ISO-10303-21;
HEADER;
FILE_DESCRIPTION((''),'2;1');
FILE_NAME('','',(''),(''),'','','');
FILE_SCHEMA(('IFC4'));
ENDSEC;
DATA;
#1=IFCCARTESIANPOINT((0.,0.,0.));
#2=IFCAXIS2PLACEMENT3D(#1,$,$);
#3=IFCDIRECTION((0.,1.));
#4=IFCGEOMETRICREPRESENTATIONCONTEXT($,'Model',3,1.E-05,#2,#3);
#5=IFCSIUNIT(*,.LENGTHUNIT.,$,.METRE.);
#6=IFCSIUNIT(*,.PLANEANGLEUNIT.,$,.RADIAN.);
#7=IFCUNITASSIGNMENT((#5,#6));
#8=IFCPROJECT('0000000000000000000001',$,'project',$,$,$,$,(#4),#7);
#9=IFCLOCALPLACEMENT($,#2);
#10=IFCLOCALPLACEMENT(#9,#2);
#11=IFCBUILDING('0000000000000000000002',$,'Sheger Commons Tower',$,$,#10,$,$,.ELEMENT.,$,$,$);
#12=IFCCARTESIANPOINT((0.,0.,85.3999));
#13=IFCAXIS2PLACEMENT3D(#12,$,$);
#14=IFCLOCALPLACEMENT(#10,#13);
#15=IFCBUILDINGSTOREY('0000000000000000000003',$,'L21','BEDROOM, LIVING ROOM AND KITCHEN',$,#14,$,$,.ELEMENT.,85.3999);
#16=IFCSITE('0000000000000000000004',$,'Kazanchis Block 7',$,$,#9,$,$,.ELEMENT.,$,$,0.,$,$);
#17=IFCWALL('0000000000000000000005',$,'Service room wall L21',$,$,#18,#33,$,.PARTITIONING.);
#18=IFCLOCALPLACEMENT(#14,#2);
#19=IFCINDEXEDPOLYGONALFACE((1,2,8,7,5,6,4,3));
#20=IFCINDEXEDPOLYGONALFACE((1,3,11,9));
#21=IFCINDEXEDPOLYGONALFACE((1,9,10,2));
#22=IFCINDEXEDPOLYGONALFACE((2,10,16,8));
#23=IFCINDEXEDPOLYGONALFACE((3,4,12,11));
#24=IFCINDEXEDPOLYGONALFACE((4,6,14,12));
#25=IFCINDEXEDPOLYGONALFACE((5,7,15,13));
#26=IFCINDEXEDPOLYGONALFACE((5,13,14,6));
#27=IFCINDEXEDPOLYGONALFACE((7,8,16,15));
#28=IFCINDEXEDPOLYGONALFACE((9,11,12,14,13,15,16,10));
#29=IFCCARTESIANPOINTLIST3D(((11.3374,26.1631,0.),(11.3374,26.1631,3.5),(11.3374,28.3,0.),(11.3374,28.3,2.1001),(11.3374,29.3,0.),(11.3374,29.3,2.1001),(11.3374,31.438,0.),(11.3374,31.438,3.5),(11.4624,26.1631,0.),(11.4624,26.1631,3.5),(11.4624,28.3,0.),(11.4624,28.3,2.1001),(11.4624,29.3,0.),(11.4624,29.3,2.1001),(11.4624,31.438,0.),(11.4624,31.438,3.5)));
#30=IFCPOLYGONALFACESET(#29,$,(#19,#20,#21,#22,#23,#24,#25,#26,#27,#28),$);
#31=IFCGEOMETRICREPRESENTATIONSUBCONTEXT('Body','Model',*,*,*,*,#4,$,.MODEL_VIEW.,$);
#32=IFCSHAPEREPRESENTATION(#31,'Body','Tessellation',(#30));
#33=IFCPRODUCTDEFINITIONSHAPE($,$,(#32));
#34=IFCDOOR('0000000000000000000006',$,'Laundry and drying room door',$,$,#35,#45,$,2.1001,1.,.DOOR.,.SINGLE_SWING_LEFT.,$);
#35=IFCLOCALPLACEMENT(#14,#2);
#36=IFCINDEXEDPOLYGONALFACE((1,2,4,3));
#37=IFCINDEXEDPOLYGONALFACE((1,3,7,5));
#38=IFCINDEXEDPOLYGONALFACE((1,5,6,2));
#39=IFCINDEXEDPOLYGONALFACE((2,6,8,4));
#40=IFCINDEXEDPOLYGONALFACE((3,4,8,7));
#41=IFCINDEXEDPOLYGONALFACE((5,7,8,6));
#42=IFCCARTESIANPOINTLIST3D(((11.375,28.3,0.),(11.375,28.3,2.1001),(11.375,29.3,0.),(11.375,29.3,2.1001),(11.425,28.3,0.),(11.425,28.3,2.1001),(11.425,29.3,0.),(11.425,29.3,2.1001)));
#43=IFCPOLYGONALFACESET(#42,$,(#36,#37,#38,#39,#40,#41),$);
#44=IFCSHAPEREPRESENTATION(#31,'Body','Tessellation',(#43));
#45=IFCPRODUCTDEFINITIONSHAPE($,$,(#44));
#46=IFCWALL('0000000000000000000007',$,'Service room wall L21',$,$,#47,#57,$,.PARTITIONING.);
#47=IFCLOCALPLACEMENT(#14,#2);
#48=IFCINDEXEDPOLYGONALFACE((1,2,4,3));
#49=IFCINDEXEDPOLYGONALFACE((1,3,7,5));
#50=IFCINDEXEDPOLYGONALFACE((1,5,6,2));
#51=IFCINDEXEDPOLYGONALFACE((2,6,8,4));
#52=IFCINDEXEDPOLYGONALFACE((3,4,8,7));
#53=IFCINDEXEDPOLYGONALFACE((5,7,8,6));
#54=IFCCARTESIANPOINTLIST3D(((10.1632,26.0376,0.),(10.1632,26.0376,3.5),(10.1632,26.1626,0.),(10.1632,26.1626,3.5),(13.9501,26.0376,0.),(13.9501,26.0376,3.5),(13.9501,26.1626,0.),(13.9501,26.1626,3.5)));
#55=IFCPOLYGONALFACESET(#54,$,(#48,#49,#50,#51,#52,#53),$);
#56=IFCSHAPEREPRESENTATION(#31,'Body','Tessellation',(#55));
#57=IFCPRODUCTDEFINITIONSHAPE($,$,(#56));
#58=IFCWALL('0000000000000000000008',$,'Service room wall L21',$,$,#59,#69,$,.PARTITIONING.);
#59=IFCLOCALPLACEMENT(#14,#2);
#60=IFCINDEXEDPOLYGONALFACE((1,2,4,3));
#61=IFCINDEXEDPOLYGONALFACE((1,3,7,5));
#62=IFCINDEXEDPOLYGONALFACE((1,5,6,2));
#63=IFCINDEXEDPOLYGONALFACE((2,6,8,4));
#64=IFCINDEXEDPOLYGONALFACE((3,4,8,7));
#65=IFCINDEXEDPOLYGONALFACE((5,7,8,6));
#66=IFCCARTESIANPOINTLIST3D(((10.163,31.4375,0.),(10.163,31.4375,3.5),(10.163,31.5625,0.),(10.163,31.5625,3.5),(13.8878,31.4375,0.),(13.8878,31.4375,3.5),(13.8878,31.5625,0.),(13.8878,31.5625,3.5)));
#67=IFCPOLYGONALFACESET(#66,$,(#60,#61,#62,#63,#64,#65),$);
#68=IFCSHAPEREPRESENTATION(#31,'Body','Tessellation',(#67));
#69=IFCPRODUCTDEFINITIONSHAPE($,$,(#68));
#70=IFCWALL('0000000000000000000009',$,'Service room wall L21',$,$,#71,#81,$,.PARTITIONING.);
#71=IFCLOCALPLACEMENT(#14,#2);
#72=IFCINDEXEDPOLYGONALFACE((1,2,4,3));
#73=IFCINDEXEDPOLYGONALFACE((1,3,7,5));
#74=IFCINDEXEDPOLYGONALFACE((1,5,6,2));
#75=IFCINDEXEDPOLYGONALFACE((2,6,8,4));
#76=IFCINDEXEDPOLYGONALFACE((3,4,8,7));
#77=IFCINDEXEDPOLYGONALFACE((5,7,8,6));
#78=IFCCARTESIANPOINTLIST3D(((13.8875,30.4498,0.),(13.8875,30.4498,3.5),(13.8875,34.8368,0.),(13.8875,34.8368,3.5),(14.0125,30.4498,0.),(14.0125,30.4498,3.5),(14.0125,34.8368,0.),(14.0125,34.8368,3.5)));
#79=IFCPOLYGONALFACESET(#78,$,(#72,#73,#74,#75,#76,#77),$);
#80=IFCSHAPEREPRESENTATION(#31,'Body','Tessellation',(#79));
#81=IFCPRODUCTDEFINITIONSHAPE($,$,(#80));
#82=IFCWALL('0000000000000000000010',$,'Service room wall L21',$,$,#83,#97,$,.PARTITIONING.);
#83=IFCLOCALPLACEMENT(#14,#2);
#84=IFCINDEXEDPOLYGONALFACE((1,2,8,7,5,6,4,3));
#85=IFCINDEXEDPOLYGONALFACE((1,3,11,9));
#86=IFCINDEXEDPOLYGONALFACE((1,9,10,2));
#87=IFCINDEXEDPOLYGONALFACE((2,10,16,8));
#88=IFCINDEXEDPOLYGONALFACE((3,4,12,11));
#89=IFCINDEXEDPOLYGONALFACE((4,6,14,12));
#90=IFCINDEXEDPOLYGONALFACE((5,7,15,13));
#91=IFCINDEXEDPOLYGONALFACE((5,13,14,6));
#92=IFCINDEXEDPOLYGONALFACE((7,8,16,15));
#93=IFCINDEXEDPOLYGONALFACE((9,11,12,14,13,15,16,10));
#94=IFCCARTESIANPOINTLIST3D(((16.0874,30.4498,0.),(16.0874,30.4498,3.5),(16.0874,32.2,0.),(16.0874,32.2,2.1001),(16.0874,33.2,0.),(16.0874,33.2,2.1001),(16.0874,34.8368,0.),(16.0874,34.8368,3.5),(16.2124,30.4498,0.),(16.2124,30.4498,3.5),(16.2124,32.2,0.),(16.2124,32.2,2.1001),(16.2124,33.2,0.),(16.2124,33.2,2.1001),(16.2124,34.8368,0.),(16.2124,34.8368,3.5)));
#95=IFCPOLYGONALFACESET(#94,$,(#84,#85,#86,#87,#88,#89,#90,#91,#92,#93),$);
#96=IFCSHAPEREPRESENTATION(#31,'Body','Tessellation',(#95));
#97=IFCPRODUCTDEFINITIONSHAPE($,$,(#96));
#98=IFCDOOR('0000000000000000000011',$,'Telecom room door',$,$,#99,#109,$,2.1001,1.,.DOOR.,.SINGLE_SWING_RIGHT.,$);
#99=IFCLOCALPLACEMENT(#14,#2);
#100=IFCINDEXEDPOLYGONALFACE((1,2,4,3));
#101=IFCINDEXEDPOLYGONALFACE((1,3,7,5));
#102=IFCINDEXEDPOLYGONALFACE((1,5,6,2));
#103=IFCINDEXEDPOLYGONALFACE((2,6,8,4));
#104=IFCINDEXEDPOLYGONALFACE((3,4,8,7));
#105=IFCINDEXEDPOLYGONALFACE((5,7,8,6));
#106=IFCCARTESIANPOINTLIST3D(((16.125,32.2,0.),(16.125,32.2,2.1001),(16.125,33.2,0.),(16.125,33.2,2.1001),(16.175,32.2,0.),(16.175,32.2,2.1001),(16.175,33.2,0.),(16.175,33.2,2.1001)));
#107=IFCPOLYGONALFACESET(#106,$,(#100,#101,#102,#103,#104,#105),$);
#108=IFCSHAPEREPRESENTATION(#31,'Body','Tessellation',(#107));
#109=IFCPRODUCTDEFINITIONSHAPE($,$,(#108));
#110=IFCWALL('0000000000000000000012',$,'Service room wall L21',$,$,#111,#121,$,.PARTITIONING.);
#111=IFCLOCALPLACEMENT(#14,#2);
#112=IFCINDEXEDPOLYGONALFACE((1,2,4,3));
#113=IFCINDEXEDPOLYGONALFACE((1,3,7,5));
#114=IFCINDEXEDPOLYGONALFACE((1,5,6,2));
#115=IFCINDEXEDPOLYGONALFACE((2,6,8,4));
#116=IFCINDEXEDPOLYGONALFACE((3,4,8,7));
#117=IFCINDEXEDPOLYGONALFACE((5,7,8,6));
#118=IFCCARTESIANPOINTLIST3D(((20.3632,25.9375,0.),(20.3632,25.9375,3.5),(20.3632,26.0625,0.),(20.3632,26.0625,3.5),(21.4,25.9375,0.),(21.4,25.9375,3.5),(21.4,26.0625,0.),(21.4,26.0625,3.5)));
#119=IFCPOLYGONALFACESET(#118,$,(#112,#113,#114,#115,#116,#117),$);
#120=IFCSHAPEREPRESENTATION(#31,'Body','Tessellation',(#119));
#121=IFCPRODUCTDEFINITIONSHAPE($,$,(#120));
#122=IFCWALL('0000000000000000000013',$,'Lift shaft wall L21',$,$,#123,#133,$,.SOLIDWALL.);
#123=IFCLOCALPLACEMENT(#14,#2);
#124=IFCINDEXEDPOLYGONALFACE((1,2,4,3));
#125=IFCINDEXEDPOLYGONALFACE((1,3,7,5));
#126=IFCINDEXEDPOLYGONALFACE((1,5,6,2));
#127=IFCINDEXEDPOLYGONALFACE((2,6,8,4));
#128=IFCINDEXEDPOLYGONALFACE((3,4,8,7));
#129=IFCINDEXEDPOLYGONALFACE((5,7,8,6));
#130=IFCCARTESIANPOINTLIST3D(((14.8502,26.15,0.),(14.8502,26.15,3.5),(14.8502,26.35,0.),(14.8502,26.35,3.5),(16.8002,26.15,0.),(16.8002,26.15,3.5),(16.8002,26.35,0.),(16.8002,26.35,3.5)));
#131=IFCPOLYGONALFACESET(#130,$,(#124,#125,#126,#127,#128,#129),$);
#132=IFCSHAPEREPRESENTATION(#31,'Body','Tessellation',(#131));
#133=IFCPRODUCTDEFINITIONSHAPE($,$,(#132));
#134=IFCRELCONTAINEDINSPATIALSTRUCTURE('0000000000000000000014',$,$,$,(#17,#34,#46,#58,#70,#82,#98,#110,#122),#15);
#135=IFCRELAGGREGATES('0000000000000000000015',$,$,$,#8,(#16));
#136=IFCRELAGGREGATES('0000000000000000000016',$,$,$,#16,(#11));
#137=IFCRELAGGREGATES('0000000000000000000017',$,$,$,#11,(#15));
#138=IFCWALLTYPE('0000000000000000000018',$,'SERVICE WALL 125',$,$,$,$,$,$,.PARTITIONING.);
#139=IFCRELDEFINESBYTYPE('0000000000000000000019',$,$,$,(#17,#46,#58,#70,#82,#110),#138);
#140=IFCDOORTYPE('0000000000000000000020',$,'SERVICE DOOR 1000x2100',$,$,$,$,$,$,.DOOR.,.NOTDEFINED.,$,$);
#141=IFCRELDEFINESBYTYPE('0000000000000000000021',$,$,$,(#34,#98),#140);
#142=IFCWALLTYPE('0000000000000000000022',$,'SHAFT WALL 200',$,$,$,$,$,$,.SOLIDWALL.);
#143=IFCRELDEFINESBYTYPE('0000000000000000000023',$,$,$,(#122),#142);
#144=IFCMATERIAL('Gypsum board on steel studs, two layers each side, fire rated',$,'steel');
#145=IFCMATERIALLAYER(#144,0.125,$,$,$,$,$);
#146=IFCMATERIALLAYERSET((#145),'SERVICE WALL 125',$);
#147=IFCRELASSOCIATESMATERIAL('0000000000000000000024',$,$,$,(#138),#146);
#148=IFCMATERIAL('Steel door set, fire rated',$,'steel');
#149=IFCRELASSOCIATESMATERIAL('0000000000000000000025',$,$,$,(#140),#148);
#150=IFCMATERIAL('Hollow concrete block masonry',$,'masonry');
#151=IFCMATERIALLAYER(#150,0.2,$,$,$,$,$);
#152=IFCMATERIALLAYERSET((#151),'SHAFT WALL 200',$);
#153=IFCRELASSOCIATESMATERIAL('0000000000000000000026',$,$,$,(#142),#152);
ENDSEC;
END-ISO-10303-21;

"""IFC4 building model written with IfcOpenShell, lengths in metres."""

from ifc_helpers import new_model, si_unit, direction, frame, frame_2d, origin, place, context, subcontext, project, spatial, rectangle, extrude, material, layer, layer_set, type_object, element, fill, save


model = new_model("IFC4")

# Units and contexts
model_context = context("Model", 3, precision=1e-05, world=origin(), true_north=direction((0.0, 1.0)))
body_context = subcontext(model_context, "Body", "Model", "MODEL_VIEW")
ifc_project = project(units=[si_unit("LENGTHUNIT", "METRE"), si_unit("PLANEANGLEUNIT", "RADIAN")], contexts=[model_context])

# Site, building, storey
site_placement = place(None, origin())
site = spatial("IfcSite", under=ifc_project, at=site_placement, Name="Kazanchis Block 7", CompositionType="ELEMENT", RefElevation=0.0)
building_placement = place(site_placement, origin())
building = spatial("IfcBuilding", under=site, at=building_placement, Name="Sheger Commons Tower", CompositionType="ELEMENT")
storey_placement = place(building_placement, frame((0.0, 0.0, 85.3999)))
storey = spatial("IfcBuildingStorey", under=building, at=storey_placement, Name="L21", Description="BEDROOM, LIVING ROOM AND KITCHEN", CompositionType="ELEMENT", Elevation=85.3999)

# Wall, opening, door
ifc_material_1 = material(Name="Gypsum board on steel studs, two layers each side, fire rated", Category="steel")
ifc_layer_1 = layer(ifc_material_1, 0.125)
ifc_layer_set_1 = layer_set([ifc_layer_1], Name="SERVICE WALL 125")
wall_type_1 = type_object("IfcWallType", Name="SERVICE WALL 125", PredefinedType="PARTITIONING", material=ifc_layer_set_1)
ifc_material_2 = material(Name="Steel door set, fire rated", Category="steel")
door_type_1 = type_object("IfcDoorType", Name="SERVICE DOOR 1000x2100", OperationType="NOTDEFINED", PredefinedType="DOOR", material=ifc_material_2)
wall_1_placement = place(storey_placement, frame((11.3999, 26.1631, 0.0), z_axis=(0.0, 0.0, 1.0), x_axis=(0.0, 1.0, 0.0)))
wall_1 = element("IfcWall", 1, at=wall_1_placement, inside=storey, type_object=wall_type_1, Name="Service room wall L21", PredefinedType="PARTITIONING", context=body_context, shape_type="SweptSolid", body=[
    extrude(rectangle(XDim=5.2749, YDim=0.125, at=frame_2d((2.6375, 0.0))), origin(), (0.0, 0.0, 1.0), 3.5),
])
opening_1_placement = place(wall_1_placement, frame((2.137, 0.0, 0.0)))
opening_1 = element("IfcOpeningElement", 2, at=opening_1_placement, cuts=wall_1, PredefinedType="OPENING", context=body_context, shape_type="SweptSolid", body=[
    extrude(rectangle(XDim=1.0, YDim=2.1001, at=frame_2d((0.5, 1.05))), frame((0.0, 0.0725, 0.0), z_axis=(0.0, -1.0, 0.0), x_axis=(1.0, 0.0, 0.0)), (0.0, 0.0, 1.0), 0.145),
])
door_1_placement = place(opening_1_placement, origin())
door_1 = element("IfcDoor", 3, at=door_1_placement, inside=storey, type_object=door_type_1, Name="Laundry and drying room door", OperationType="SINGLE_SWING_LEFT", OverallHeight=2.1001, OverallWidth=1.0, PredefinedType="DOOR", context=body_context, shape_type="SweptSolid", body=[
    extrude(rectangle(XDim=1.0, YDim=2.1001, at=frame_2d((0.5, 1.05))), frame((0.0, 0.0249, 0.0), z_axis=(0.0, -1.0, 0.0), x_axis=(1.0, 0.0, 0.0)), (0.0, 0.0, 1.0), 0.05),
])
fill(opening_1, door_1)

# Walls
wall_2_placement = place(storey_placement, frame((10.1631, 26.1001, 0.0), z_axis=(0.0, 0.0, 1.0), x_axis=(1.0, 0.0, 0.0)))
element("IfcWall", 4, at=wall_2_placement, inside=storey, type_object=wall_type_1, Name="Service room wall L21", PredefinedType="PARTITIONING", context=body_context, shape_type="SweptSolid", body=[
    extrude(rectangle(XDim=3.7869, YDim=0.125, at=frame_2d((1.8936, 0.0))), origin(), (0.0, 0.0, 1.0), 3.5),
])
wall_3_placement = place(storey_placement, frame((10.1631, 31.5, 0.0), z_axis=(0.0, 0.0, 1.0), x_axis=(1.0, 0.0, 0.0)))
element("IfcWall", 5, at=wall_3_placement, inside=storey, type_object=wall_type_1, Name="Service room wall L21", PredefinedType="PARTITIONING", context=body_context, shape_type="SweptSolid", body=[
    extrude(rectangle(XDim=3.7249, YDim=0.125, at=frame_2d((1.8623, 0.0))), origin(), (0.0, 0.0, 1.0), 3.5),
])
wall_4_placement = place(storey_placement, frame((13.95, 30.45, 0.0), z_axis=(0.0, 0.0, 1.0), x_axis=(0.0, 1.0, 0.0)))
element("IfcWall", 6, at=wall_4_placement, inside=storey, type_object=wall_type_1, Name="Service room wall L21", PredefinedType="PARTITIONING", context=body_context, shape_type="SweptSolid", body=[
    extrude(rectangle(XDim=4.387, YDim=0.125, at=frame_2d((2.1934, 0.0))), origin(), (0.0, 0.0, 1.0), 3.5),
])

# Wall, opening, door
wall_5_placement = place(storey_placement, frame((16.1499, 30.45, 0.0), z_axis=(0.0, 0.0, 1.0), x_axis=(0.0, 1.0, 0.0)))
wall_5 = element("IfcWall", 7, at=wall_5_placement, inside=storey, type_object=wall_type_1, Name="Service room wall L21", PredefinedType="PARTITIONING", context=body_context, shape_type="SweptSolid", body=[
    extrude(rectangle(XDim=4.387, YDim=0.125, at=frame_2d((2.1934, 0.0))), origin(), (0.0, 0.0, 1.0), 3.5),
])
opening_2_placement = place(wall_5_placement, frame((1.75, 0.0, 0.0)))
opening_2 = element("IfcOpeningElement", 8, at=opening_2_placement, cuts=wall_5, PredefinedType="OPENING", context=body_context, shape_type="SweptSolid", body=[
    extrude(rectangle(XDim=1.0, YDim=2.1001, at=frame_2d((0.5, 1.05))), frame((0.0, 0.0725, 0.0), z_axis=(0.0, -1.0, 0.0), x_axis=(1.0, 0.0, 0.0)), (0.0, 0.0, 1.0), 0.145),
])
door_2_placement = place(opening_2_placement, origin())
door_2 = element("IfcDoor", 9, at=door_2_placement, inside=storey, type_object=door_type_1, Name="Telecom room door", OperationType="SINGLE_SWING_RIGHT", OverallHeight=2.1001, OverallWidth=1.0, PredefinedType="DOOR", context=body_context, shape_type="SweptSolid", body=[
    extrude(rectangle(XDim=1.0, YDim=2.1001, at=frame_2d((0.5, 1.05))), frame((0.0, 0.0249, 0.0), z_axis=(0.0, -1.0, 0.0), x_axis=(1.0, 0.0, 0.0)), (0.0, 0.0, 1.0), 0.05),
])
fill(opening_2, door_2)

# Walls
wall_6_placement = place(storey_placement, frame((20.363, 26.0, 0.0), z_axis=(0.0, 0.0, 1.0), x_axis=(1.0, 0.0, 0.0)))
element("IfcWall", 10, at=wall_6_placement, inside=storey, type_object=wall_type_1, Name="Service room wall L21", PredefinedType="PARTITIONING", context=body_context, shape_type="SweptSolid", body=[
    extrude(rectangle(XDim=1.0369, YDim=0.125, at=frame_2d((0.5186, 0.0))), origin(), (0.0, 0.0, 1.0), 3.5),
])
ifc_material_3 = material(Name="Hollow concrete block masonry", Category="masonry")
ifc_layer_2 = layer(ifc_material_3, 0.2)
ifc_layer_set_2 = layer_set([ifc_layer_2], Name="SHAFT WALL 200")
wall_type_2 = type_object("IfcWallType", Name="SHAFT WALL 200", PredefinedType="SOLIDWALL", material=ifc_layer_set_2)
wall_7_placement = place(storey_placement, frame((14.8501, 26.25, 0.0), z_axis=(0.0, 0.0, 1.0), x_axis=(1.0, 0.0, 0.0)))
element("IfcWall", 11, at=wall_7_placement, inside=storey, type_object=wall_type_2, Name="Lift shaft wall L21", PredefinedType="SOLIDWALL", context=body_context, shape_type="SweptSolid", body=[
    extrude(rectangle(XDim=1.95, YDim=0.2, at=frame_2d((0.9751, 0.0))), origin(), (0.0, 0.0, 1.0), 3.5),
])

save(model, "model.ifc")
